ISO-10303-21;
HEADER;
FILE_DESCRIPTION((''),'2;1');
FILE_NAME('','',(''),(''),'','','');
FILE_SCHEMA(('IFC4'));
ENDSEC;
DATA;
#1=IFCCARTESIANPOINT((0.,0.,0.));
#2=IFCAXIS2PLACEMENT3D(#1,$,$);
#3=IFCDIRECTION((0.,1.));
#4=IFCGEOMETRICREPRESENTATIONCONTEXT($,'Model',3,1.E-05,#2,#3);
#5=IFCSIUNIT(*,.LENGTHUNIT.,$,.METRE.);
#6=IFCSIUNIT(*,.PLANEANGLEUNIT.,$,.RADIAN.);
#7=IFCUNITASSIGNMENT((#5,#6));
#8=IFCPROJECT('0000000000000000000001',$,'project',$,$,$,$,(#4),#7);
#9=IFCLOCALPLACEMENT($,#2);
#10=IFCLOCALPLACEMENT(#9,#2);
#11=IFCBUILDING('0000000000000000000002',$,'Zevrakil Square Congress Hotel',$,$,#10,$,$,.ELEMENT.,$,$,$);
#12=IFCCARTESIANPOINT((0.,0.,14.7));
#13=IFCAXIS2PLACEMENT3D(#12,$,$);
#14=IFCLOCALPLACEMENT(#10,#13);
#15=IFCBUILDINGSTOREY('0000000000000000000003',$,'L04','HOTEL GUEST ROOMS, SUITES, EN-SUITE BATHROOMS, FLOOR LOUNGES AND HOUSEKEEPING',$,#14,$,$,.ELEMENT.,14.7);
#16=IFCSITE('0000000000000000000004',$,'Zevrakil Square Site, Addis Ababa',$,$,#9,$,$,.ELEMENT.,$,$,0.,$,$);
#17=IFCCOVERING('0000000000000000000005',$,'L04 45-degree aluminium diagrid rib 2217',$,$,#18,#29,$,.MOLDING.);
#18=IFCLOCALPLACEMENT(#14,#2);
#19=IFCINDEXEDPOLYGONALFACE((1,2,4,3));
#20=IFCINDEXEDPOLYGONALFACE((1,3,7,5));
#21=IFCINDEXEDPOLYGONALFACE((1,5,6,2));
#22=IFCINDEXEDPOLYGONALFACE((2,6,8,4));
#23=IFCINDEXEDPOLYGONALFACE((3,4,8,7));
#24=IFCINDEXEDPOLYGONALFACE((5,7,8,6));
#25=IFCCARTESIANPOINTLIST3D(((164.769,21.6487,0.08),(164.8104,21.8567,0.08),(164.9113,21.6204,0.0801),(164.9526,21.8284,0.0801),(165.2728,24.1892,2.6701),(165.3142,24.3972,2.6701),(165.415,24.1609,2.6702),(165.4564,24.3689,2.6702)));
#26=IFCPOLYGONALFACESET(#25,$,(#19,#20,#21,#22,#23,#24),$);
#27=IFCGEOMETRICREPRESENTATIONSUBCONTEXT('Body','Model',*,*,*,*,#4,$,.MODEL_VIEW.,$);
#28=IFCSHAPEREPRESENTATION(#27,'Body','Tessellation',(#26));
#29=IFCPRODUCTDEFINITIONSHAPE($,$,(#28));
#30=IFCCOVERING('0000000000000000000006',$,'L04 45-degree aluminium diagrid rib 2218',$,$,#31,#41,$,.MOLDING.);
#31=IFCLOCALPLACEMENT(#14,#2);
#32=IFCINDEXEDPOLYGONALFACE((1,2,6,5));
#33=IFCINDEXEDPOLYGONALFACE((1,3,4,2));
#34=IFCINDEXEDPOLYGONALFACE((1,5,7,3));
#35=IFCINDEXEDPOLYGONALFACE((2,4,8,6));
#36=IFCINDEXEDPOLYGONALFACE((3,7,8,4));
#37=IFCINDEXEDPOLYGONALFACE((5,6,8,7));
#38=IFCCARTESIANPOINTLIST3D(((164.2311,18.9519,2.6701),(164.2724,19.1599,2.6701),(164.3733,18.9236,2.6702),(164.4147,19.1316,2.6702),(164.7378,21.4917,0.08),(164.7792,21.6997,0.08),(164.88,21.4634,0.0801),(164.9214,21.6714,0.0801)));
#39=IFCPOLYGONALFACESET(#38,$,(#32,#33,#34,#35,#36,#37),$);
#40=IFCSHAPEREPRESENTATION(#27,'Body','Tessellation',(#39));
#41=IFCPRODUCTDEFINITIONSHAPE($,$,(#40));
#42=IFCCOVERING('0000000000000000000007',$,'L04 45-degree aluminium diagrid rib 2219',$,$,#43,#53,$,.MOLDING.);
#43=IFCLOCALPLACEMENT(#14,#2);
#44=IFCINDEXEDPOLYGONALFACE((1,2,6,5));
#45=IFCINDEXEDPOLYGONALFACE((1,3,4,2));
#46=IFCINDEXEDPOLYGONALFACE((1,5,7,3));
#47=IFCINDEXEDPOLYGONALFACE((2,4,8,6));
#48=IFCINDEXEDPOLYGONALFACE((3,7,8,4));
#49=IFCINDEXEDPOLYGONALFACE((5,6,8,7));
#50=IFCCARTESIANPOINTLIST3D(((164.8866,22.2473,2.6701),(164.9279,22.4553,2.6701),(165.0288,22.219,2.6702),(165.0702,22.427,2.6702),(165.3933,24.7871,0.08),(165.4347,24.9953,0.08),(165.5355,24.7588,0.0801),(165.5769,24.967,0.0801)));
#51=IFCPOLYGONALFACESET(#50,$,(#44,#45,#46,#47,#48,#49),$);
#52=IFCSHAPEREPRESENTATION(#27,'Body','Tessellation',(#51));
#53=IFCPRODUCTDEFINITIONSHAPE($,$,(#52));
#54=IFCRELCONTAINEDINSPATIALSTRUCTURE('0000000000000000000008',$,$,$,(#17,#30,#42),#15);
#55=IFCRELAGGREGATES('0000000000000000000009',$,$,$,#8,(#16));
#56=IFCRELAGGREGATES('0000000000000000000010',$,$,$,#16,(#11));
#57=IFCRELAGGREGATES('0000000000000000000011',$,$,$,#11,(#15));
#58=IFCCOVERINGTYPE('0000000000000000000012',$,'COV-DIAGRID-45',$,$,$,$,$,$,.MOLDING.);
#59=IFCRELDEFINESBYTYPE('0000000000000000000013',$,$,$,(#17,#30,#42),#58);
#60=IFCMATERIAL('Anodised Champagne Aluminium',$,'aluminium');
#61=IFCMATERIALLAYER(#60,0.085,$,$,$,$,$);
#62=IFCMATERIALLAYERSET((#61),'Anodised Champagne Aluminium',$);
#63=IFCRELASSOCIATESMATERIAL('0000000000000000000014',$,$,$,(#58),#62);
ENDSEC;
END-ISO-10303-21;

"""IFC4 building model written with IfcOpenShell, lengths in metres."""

from ifc_helpers import new_model, si_unit, direction, frame, origin, place, context, subcontext, project, spatial, polyline, outline, extrude, material, layer, layer_set, type_object, element, save


model = new_model("IFC4")

# Units and contexts
model_context = context("Model", 3, precision=1e-05, world=origin(), true_north=direction((0.0, 1.0)))
body_context = subcontext(model_context, "Body", "Model", "MODEL_VIEW")
ifc_project = project(units=[si_unit("LENGTHUNIT", "METRE"), si_unit("PLANEANGLEUNIT", "RADIAN")], contexts=[model_context])

# Site, building, storey
site_placement = place(None, origin())
site = spatial("IfcSite", under=ifc_project, at=site_placement, Name="Zevrakil Square Site, Addis Ababa", CompositionType="ELEMENT", RefElevation=0.0)
building_placement = place(site_placement, origin())
building = spatial("IfcBuilding", under=site, at=building_placement, Name="Zevrakil Square Congress Hotel", CompositionType="ELEMENT")
storey_placement = place(building_placement, frame((0.0, 0.0, 14.7)))
storey = spatial("IfcBuildingStorey", under=building, at=storey_placement, Name="L04", Description="HOTEL GUEST ROOMS, SUITES, EN-SUITE BATHROOMS, FLOOR LOUNGES AND HOUSEKEEPING", CompositionType="ELEMENT", Elevation=14.7)

# Coverings
ifc_material_1 = material(Name="Anodised Champagne Aluminium", Category="aluminium")
ifc_layer_1 = layer(ifc_material_1, 0.085)
ifc_layer_set_1 = layer_set([ifc_layer_1], Name="Anodised Champagne Aluminium")
covering_type_1 = type_object("IfcCoveringType", Name="COV-DIAGRID-45", PredefinedType="MOLDING", material=ifc_layer_set_1)
covering_1_placement = place(storey_placement, frame((164.9526, 21.8284, 0.0801), z_axis=(0.980779, -0.19512, 0.00062), x_axis=(-0.19512, -0.980779, 0.0)))
element("IfcCovering", 1, at=covering_1_placement, inside=storey, type_object=covering_type_1, Name="L04 45-degree aluminium diagrid rib 2217", PredefinedType="MOLDING", context=body_context, shape_type="SweptSolid", body=[
    extrude(outline(polyline([(0.0, 0.0), (0.2121, 0.0), (-2.3779, -2.5901), (-2.59, -2.5901), (0.0, 0.0)])), origin(), (0.0, 0.0, -1.0), 0.145),
])
covering_2_placement = place(storey_placement, frame((164.3733, 18.9236, 2.6702), z_axis=(0.980779, -0.19512, 0.000544), x_axis=(0.19512, 0.980779, 0.0)))
element("IfcCovering", 2, at=covering_2_placement, inside=storey, type_object=covering_type_1, Name="L04 45-degree aluminium diagrid rib 2218", PredefinedType="MOLDING", context=body_context, shape_type="SweptSolid", body=[
    extrude(outline(polyline([(0.0, 0.0), (0.2121, 0.0), (2.8019, -2.5901), (2.5899, -2.5901), (0.0, 0.0)])), origin(), (0.0, 0.0, -1.0), 0.145),
])
covering_3_placement = place(storey_placement, frame((165.0288, 22.219, 2.6702), z_axis=(0.980801, -0.19501, 0.000647), x_axis=(0.19501, 0.980801, 0.0)))
element("IfcCovering", 3, at=covering_3_placement, inside=storey, type_object=covering_type_1, Name="L04 45-degree aluminium diagrid rib 2219", PredefinedType="MOLDING", context=body_context, shape_type="SweptSolid", body=[
    extrude(outline(polyline([(0.0, 0.0), (0.2121, 0.0), (2.8022, -2.5901), (2.5899, -2.5901), (0.0, 0.0)])), origin(), (0.0, 0.0, -1.0), 0.145),
])

save(model, "model.ifc")
